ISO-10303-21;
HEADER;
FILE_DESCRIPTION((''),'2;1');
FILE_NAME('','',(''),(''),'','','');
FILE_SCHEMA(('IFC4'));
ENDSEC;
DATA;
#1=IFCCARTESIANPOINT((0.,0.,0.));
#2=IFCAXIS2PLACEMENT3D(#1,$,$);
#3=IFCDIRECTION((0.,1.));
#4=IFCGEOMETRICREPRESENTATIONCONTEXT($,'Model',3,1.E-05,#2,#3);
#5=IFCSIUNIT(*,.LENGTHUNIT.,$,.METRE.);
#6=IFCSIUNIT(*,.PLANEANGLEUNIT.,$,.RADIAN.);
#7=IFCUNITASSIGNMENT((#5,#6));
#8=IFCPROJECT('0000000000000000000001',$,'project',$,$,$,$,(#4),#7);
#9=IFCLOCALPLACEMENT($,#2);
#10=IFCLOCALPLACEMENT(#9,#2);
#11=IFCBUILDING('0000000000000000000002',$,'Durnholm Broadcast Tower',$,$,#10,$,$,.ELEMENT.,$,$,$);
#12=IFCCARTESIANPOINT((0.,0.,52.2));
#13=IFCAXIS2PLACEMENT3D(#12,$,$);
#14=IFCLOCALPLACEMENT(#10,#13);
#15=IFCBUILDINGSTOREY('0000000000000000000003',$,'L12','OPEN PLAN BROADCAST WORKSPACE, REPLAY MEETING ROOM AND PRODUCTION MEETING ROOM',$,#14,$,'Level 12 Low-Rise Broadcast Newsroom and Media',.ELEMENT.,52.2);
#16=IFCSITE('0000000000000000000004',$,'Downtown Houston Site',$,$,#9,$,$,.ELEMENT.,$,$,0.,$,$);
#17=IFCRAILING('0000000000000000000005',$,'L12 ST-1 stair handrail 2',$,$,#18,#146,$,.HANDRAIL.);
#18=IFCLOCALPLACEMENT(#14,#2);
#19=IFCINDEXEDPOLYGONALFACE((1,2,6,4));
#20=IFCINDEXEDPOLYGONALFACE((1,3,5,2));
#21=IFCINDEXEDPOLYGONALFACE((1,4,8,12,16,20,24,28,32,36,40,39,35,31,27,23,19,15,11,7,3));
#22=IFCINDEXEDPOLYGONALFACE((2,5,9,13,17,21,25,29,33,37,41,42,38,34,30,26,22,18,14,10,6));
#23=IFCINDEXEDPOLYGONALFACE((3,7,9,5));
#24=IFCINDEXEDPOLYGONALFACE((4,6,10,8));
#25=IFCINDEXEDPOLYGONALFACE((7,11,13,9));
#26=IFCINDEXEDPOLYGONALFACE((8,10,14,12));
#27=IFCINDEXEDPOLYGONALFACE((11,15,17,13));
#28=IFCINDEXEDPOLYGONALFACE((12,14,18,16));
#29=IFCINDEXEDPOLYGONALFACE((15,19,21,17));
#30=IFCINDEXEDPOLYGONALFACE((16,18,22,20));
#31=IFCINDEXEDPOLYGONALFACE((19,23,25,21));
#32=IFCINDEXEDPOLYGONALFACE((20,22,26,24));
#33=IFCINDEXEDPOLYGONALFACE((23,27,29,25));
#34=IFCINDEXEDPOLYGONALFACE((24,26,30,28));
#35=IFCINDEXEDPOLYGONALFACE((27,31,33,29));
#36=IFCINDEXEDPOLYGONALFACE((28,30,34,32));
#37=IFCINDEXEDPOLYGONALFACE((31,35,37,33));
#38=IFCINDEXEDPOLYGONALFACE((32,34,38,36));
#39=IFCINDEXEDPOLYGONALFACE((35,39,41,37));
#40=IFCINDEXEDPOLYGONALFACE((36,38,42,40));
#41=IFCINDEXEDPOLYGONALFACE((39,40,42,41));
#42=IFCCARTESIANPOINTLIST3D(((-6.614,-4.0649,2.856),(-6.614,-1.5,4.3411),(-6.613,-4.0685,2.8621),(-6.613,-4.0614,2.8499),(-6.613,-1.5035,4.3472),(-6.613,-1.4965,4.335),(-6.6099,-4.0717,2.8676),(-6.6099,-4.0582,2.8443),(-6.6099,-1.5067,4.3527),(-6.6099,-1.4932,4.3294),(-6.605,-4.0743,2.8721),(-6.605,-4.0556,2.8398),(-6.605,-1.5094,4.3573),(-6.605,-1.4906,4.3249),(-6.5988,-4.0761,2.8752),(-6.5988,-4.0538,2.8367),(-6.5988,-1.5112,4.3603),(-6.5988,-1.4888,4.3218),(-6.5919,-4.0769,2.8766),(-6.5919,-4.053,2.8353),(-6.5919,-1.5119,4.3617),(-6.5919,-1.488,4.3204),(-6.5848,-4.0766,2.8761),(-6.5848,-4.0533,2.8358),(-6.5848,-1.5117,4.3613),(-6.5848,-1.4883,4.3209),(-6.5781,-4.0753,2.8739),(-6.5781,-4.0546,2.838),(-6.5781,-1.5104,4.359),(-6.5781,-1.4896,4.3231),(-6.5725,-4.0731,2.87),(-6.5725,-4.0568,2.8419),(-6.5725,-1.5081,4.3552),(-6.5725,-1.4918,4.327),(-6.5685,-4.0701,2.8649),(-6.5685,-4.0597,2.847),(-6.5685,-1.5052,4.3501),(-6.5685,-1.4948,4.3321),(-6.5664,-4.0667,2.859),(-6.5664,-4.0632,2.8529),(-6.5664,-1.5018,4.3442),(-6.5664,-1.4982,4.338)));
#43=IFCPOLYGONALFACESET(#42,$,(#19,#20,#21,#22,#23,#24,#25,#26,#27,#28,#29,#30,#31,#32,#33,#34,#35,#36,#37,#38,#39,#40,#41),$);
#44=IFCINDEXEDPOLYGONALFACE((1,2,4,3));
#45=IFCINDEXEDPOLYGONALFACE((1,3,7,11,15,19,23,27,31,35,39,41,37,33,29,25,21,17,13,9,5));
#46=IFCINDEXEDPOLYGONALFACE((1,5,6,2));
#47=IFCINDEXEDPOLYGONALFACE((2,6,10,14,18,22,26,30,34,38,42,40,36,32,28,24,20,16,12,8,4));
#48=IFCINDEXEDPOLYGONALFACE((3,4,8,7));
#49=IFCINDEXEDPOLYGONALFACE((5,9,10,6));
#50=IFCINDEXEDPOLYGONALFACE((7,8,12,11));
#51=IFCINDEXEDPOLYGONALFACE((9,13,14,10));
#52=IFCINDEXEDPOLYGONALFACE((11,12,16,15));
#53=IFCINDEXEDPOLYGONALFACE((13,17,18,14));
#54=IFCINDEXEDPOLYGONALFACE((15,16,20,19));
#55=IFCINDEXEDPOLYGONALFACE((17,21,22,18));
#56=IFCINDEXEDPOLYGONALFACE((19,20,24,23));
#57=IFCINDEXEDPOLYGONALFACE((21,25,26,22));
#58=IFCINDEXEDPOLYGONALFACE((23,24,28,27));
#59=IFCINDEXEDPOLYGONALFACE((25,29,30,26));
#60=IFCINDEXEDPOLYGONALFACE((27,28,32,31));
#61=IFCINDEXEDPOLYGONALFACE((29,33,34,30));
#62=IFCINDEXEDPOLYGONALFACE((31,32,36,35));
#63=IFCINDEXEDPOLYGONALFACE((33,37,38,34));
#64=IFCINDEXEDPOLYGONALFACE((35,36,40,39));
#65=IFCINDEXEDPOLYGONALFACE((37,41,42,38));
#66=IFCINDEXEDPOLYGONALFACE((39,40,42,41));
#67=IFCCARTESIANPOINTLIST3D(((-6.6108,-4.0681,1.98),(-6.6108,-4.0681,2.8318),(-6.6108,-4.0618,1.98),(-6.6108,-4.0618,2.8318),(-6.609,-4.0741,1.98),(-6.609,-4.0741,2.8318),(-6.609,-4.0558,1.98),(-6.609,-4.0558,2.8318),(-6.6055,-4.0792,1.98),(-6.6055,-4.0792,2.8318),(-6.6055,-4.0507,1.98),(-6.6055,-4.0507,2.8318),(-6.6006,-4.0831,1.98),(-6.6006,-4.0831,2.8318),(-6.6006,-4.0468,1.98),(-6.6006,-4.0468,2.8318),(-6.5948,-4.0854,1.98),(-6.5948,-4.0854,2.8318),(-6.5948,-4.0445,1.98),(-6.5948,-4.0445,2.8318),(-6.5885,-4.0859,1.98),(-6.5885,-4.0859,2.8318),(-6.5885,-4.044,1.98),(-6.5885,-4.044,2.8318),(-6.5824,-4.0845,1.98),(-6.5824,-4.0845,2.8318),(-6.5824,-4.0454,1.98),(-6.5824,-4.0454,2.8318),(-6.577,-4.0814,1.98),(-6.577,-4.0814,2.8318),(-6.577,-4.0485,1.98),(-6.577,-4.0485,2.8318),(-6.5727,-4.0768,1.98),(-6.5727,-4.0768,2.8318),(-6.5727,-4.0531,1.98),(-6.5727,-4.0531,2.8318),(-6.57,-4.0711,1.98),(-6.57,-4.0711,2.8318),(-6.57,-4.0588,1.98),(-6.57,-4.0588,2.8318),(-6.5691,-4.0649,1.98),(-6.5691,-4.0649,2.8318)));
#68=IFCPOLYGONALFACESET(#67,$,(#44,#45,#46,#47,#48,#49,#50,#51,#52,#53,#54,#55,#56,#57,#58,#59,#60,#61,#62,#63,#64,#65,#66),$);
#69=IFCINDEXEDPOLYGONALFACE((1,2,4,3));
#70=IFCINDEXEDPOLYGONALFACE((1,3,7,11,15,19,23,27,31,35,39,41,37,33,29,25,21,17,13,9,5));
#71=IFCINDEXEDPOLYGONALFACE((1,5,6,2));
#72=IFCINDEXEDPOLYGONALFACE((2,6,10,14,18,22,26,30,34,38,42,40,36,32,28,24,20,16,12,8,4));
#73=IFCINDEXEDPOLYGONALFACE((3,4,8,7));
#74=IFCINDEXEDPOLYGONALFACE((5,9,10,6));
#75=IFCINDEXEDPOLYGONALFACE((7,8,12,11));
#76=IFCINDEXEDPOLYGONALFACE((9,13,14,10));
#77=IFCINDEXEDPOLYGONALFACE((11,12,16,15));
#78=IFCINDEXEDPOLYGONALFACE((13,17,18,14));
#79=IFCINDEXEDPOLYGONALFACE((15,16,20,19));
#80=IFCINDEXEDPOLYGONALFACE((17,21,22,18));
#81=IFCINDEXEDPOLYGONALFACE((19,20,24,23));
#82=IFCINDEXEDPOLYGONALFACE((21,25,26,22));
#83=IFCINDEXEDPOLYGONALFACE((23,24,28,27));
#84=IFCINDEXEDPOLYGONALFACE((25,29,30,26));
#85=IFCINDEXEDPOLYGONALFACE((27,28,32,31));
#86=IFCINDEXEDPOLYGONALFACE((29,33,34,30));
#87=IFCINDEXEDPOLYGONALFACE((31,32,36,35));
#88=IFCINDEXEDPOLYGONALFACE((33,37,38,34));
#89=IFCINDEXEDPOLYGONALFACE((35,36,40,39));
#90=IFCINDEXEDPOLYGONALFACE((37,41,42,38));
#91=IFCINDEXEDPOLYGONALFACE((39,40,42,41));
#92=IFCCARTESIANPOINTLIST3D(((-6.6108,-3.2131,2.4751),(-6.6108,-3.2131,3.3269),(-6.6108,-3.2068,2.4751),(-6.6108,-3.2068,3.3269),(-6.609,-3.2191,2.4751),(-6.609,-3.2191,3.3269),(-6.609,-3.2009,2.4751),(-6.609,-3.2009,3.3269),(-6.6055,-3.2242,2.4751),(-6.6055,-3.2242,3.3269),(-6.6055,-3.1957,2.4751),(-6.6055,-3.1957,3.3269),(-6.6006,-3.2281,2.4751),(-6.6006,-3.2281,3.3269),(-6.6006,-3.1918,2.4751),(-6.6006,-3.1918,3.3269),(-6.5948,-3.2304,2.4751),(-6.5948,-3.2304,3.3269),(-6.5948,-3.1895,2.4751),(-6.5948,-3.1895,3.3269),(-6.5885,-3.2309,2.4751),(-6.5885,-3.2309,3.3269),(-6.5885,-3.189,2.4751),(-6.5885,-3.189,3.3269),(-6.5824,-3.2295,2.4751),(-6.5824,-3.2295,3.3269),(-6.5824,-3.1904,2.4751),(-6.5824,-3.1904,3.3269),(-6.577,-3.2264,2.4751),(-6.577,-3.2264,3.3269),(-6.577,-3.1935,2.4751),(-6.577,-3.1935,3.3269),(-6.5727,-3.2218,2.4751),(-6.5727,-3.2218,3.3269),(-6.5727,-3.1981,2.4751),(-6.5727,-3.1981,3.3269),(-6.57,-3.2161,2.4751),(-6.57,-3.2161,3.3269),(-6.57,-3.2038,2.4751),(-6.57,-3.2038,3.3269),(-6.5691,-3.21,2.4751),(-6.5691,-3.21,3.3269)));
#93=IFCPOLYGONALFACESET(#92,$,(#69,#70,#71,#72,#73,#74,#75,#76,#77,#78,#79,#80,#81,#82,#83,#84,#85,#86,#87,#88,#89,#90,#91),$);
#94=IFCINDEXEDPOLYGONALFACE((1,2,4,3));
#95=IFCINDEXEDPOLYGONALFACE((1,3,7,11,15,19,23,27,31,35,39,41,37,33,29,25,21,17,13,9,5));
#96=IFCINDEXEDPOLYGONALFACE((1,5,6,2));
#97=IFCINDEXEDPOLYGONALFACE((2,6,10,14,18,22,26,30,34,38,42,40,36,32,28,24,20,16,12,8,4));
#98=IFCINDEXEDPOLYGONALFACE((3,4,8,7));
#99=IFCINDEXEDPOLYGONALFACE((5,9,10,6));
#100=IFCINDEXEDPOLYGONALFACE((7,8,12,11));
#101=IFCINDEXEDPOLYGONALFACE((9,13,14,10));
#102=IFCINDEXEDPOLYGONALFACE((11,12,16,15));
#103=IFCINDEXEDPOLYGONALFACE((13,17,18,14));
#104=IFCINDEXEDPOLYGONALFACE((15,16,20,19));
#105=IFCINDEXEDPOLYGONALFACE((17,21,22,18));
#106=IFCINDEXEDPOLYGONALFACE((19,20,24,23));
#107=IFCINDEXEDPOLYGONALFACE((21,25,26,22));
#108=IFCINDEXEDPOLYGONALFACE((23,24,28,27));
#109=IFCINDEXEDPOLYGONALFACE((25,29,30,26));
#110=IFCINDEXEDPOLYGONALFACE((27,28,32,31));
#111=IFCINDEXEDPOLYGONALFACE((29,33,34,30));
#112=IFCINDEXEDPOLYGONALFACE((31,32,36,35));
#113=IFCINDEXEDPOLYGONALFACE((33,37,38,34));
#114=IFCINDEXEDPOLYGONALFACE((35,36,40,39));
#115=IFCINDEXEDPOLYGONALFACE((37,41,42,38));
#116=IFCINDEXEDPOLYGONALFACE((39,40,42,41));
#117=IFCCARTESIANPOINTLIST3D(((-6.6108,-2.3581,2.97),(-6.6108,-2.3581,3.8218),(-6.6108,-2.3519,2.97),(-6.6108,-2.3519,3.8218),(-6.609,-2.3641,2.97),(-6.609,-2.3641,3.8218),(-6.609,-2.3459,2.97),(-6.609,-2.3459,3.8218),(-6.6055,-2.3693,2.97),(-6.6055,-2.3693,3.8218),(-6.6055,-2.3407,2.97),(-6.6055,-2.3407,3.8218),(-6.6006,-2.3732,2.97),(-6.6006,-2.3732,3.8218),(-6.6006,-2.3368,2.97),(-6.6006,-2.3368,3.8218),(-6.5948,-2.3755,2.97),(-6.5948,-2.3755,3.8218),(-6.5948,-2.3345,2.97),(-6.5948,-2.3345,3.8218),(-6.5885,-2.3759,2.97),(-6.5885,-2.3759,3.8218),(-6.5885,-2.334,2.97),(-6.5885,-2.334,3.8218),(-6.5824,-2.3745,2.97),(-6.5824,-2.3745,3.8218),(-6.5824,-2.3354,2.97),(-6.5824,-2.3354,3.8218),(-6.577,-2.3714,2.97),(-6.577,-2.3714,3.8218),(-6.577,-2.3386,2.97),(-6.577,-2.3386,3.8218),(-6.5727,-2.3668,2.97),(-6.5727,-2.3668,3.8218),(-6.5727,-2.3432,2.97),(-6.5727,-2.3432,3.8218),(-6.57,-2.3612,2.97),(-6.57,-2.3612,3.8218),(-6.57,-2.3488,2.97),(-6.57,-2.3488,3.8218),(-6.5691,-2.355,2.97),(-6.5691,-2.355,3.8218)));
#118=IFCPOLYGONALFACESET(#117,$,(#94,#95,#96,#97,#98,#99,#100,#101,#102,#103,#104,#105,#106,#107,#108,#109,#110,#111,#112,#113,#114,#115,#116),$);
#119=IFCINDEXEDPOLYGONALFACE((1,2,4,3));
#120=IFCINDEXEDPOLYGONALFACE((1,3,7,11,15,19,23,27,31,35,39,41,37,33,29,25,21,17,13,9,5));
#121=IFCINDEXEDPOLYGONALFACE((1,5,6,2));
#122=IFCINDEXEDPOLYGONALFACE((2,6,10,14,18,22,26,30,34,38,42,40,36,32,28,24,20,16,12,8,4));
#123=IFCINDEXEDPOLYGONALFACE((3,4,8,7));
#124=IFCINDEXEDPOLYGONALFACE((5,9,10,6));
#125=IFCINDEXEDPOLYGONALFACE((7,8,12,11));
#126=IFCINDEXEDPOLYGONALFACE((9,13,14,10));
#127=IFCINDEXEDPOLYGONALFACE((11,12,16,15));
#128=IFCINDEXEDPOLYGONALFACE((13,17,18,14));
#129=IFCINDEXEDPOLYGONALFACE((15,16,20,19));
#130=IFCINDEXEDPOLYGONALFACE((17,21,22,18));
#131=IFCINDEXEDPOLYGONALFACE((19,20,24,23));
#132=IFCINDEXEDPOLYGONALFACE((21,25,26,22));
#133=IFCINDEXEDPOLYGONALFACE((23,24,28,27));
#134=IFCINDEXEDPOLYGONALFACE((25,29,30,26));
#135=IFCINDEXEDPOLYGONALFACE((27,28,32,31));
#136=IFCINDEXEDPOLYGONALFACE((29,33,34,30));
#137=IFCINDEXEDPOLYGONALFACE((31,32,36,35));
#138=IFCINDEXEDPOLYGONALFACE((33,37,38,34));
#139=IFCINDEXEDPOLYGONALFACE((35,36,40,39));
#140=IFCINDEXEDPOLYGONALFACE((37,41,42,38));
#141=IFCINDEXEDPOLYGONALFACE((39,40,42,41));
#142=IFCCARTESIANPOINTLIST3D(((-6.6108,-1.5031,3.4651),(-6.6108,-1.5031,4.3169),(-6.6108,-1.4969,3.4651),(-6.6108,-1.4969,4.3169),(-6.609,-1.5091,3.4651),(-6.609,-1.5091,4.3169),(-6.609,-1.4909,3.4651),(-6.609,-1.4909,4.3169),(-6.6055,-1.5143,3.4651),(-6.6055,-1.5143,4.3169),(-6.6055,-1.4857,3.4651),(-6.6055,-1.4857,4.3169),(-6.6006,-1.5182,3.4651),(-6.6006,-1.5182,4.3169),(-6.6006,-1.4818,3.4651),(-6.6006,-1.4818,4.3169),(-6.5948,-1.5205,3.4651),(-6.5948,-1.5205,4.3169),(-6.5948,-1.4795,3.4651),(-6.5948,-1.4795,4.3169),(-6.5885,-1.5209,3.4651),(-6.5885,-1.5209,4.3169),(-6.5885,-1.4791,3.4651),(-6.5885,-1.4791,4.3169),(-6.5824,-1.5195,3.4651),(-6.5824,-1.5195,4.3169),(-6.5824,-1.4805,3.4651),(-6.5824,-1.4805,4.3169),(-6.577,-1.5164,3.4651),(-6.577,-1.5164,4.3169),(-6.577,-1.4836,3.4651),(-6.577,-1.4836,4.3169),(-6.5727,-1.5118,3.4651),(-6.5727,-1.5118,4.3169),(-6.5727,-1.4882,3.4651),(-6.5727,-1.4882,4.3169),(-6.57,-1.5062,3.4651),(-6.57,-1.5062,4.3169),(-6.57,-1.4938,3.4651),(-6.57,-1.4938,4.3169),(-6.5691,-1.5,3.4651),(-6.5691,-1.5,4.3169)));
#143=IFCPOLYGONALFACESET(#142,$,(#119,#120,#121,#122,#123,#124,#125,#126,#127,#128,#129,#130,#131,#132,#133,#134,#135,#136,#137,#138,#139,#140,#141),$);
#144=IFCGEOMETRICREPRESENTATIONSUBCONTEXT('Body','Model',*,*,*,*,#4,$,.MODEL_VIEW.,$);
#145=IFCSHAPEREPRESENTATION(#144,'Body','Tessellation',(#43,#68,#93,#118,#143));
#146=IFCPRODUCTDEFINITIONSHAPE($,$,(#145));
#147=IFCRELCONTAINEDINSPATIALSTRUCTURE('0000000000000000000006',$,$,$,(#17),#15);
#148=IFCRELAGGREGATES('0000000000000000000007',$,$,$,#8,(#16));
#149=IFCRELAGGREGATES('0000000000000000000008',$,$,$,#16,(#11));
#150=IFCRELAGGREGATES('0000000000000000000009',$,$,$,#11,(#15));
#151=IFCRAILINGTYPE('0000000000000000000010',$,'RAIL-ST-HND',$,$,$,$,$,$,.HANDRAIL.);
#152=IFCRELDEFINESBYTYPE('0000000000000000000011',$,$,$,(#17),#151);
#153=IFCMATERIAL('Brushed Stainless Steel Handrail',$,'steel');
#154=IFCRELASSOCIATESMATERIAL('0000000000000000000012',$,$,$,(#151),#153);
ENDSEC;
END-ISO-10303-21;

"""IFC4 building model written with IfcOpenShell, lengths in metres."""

from ifc_helpers import new_model, si_unit, direction, frame, origin, origin_2d, place, context, subcontext, project, spatial, circle, extrude, material, type_object, element, save


model = new_model("IFC4")

# Units and contexts
model_context = context("Model", 3, precision=1e-05, world=origin(), true_north=direction((0.0, 1.0)))
body_context = subcontext(model_context, "Body", "Model", "MODEL_VIEW")
ifc_project = project(units=[si_unit("LENGTHUNIT", "METRE"), si_unit("PLANEANGLEUNIT", "RADIAN")], contexts=[model_context])

# Site, building, storey
site_placement = place(None, origin())
site = spatial("IfcSite", under=ifc_project, at=site_placement, Name="Downtown Houston Site", CompositionType="ELEMENT", RefElevation=0.0)
building_placement = place(site_placement, origin())
building = spatial("IfcBuilding", under=site, at=building_placement, Name="Durnholm Broadcast Tower", CompositionType="ELEMENT")
storey_placement = place(building_placement, frame((0.0, 0.0, 52.2)))
storey = spatial("IfcBuildingStorey", under=building, at=storey_placement, Name="L12", Description="OPEN PLAN BROADCAST WORKSPACE, REPLAY MEETING ROOM AND PRODUCTION MEETING ROOM", LongName="Level 12 Low-Rise Broadcast Newsroom and Media", CompositionType="ELEMENT", Elevation=52.2)

# Railing
ifc_material_1 = material(Name="Brushed Stainless Steel Handrail", Category="steel")
railing_type_1 = type_object("IfcRailingType", Name="RAIL-ST-HND", PredefinedType="HANDRAIL", material=ifc_material_1)
railing_1_placement = place(storey_placement, frame((-6.5901, -4.0649, 1.98)))
element("IfcRailing", 1, at=railing_1_placement, inside=storey, type_object=railing_type_1, Name="L12 ST-1 stair handrail 2", PredefinedType="HANDRAIL", context=body_context, shape_type="SweptSolid", body=[
    extrude(circle(Radius=0.0239, at=origin_2d()), frame((0.0, 0.0, 0.876), z_axis=(0.0, 0.865406, 0.501072), x_axis=(-1.0, 0.0, 0.0)), (0.0, 0.0, 1.0), 2.9639),
    extrude(circle(Radius=0.021, at=origin_2d()), origin(), (0.0, 0.0, 1.0), 0.8518),
    extrude(circle(Radius=0.021, at=origin_2d()), frame((0.0, 0.855, 0.4951)), (0.0, 0.0, 1.0), 0.8518),
    extrude(circle(Radius=0.021, at=origin_2d()), frame((0.0, 1.71, 0.99)), (0.0, 0.0, 1.0), 0.8518),
    extrude(circle(Radius=0.021, at=origin_2d()), frame((0.0, 2.5649, 1.4851)), (0.0, 0.0, 1.0), 0.8518),
])

save(model, "model.ifc")
